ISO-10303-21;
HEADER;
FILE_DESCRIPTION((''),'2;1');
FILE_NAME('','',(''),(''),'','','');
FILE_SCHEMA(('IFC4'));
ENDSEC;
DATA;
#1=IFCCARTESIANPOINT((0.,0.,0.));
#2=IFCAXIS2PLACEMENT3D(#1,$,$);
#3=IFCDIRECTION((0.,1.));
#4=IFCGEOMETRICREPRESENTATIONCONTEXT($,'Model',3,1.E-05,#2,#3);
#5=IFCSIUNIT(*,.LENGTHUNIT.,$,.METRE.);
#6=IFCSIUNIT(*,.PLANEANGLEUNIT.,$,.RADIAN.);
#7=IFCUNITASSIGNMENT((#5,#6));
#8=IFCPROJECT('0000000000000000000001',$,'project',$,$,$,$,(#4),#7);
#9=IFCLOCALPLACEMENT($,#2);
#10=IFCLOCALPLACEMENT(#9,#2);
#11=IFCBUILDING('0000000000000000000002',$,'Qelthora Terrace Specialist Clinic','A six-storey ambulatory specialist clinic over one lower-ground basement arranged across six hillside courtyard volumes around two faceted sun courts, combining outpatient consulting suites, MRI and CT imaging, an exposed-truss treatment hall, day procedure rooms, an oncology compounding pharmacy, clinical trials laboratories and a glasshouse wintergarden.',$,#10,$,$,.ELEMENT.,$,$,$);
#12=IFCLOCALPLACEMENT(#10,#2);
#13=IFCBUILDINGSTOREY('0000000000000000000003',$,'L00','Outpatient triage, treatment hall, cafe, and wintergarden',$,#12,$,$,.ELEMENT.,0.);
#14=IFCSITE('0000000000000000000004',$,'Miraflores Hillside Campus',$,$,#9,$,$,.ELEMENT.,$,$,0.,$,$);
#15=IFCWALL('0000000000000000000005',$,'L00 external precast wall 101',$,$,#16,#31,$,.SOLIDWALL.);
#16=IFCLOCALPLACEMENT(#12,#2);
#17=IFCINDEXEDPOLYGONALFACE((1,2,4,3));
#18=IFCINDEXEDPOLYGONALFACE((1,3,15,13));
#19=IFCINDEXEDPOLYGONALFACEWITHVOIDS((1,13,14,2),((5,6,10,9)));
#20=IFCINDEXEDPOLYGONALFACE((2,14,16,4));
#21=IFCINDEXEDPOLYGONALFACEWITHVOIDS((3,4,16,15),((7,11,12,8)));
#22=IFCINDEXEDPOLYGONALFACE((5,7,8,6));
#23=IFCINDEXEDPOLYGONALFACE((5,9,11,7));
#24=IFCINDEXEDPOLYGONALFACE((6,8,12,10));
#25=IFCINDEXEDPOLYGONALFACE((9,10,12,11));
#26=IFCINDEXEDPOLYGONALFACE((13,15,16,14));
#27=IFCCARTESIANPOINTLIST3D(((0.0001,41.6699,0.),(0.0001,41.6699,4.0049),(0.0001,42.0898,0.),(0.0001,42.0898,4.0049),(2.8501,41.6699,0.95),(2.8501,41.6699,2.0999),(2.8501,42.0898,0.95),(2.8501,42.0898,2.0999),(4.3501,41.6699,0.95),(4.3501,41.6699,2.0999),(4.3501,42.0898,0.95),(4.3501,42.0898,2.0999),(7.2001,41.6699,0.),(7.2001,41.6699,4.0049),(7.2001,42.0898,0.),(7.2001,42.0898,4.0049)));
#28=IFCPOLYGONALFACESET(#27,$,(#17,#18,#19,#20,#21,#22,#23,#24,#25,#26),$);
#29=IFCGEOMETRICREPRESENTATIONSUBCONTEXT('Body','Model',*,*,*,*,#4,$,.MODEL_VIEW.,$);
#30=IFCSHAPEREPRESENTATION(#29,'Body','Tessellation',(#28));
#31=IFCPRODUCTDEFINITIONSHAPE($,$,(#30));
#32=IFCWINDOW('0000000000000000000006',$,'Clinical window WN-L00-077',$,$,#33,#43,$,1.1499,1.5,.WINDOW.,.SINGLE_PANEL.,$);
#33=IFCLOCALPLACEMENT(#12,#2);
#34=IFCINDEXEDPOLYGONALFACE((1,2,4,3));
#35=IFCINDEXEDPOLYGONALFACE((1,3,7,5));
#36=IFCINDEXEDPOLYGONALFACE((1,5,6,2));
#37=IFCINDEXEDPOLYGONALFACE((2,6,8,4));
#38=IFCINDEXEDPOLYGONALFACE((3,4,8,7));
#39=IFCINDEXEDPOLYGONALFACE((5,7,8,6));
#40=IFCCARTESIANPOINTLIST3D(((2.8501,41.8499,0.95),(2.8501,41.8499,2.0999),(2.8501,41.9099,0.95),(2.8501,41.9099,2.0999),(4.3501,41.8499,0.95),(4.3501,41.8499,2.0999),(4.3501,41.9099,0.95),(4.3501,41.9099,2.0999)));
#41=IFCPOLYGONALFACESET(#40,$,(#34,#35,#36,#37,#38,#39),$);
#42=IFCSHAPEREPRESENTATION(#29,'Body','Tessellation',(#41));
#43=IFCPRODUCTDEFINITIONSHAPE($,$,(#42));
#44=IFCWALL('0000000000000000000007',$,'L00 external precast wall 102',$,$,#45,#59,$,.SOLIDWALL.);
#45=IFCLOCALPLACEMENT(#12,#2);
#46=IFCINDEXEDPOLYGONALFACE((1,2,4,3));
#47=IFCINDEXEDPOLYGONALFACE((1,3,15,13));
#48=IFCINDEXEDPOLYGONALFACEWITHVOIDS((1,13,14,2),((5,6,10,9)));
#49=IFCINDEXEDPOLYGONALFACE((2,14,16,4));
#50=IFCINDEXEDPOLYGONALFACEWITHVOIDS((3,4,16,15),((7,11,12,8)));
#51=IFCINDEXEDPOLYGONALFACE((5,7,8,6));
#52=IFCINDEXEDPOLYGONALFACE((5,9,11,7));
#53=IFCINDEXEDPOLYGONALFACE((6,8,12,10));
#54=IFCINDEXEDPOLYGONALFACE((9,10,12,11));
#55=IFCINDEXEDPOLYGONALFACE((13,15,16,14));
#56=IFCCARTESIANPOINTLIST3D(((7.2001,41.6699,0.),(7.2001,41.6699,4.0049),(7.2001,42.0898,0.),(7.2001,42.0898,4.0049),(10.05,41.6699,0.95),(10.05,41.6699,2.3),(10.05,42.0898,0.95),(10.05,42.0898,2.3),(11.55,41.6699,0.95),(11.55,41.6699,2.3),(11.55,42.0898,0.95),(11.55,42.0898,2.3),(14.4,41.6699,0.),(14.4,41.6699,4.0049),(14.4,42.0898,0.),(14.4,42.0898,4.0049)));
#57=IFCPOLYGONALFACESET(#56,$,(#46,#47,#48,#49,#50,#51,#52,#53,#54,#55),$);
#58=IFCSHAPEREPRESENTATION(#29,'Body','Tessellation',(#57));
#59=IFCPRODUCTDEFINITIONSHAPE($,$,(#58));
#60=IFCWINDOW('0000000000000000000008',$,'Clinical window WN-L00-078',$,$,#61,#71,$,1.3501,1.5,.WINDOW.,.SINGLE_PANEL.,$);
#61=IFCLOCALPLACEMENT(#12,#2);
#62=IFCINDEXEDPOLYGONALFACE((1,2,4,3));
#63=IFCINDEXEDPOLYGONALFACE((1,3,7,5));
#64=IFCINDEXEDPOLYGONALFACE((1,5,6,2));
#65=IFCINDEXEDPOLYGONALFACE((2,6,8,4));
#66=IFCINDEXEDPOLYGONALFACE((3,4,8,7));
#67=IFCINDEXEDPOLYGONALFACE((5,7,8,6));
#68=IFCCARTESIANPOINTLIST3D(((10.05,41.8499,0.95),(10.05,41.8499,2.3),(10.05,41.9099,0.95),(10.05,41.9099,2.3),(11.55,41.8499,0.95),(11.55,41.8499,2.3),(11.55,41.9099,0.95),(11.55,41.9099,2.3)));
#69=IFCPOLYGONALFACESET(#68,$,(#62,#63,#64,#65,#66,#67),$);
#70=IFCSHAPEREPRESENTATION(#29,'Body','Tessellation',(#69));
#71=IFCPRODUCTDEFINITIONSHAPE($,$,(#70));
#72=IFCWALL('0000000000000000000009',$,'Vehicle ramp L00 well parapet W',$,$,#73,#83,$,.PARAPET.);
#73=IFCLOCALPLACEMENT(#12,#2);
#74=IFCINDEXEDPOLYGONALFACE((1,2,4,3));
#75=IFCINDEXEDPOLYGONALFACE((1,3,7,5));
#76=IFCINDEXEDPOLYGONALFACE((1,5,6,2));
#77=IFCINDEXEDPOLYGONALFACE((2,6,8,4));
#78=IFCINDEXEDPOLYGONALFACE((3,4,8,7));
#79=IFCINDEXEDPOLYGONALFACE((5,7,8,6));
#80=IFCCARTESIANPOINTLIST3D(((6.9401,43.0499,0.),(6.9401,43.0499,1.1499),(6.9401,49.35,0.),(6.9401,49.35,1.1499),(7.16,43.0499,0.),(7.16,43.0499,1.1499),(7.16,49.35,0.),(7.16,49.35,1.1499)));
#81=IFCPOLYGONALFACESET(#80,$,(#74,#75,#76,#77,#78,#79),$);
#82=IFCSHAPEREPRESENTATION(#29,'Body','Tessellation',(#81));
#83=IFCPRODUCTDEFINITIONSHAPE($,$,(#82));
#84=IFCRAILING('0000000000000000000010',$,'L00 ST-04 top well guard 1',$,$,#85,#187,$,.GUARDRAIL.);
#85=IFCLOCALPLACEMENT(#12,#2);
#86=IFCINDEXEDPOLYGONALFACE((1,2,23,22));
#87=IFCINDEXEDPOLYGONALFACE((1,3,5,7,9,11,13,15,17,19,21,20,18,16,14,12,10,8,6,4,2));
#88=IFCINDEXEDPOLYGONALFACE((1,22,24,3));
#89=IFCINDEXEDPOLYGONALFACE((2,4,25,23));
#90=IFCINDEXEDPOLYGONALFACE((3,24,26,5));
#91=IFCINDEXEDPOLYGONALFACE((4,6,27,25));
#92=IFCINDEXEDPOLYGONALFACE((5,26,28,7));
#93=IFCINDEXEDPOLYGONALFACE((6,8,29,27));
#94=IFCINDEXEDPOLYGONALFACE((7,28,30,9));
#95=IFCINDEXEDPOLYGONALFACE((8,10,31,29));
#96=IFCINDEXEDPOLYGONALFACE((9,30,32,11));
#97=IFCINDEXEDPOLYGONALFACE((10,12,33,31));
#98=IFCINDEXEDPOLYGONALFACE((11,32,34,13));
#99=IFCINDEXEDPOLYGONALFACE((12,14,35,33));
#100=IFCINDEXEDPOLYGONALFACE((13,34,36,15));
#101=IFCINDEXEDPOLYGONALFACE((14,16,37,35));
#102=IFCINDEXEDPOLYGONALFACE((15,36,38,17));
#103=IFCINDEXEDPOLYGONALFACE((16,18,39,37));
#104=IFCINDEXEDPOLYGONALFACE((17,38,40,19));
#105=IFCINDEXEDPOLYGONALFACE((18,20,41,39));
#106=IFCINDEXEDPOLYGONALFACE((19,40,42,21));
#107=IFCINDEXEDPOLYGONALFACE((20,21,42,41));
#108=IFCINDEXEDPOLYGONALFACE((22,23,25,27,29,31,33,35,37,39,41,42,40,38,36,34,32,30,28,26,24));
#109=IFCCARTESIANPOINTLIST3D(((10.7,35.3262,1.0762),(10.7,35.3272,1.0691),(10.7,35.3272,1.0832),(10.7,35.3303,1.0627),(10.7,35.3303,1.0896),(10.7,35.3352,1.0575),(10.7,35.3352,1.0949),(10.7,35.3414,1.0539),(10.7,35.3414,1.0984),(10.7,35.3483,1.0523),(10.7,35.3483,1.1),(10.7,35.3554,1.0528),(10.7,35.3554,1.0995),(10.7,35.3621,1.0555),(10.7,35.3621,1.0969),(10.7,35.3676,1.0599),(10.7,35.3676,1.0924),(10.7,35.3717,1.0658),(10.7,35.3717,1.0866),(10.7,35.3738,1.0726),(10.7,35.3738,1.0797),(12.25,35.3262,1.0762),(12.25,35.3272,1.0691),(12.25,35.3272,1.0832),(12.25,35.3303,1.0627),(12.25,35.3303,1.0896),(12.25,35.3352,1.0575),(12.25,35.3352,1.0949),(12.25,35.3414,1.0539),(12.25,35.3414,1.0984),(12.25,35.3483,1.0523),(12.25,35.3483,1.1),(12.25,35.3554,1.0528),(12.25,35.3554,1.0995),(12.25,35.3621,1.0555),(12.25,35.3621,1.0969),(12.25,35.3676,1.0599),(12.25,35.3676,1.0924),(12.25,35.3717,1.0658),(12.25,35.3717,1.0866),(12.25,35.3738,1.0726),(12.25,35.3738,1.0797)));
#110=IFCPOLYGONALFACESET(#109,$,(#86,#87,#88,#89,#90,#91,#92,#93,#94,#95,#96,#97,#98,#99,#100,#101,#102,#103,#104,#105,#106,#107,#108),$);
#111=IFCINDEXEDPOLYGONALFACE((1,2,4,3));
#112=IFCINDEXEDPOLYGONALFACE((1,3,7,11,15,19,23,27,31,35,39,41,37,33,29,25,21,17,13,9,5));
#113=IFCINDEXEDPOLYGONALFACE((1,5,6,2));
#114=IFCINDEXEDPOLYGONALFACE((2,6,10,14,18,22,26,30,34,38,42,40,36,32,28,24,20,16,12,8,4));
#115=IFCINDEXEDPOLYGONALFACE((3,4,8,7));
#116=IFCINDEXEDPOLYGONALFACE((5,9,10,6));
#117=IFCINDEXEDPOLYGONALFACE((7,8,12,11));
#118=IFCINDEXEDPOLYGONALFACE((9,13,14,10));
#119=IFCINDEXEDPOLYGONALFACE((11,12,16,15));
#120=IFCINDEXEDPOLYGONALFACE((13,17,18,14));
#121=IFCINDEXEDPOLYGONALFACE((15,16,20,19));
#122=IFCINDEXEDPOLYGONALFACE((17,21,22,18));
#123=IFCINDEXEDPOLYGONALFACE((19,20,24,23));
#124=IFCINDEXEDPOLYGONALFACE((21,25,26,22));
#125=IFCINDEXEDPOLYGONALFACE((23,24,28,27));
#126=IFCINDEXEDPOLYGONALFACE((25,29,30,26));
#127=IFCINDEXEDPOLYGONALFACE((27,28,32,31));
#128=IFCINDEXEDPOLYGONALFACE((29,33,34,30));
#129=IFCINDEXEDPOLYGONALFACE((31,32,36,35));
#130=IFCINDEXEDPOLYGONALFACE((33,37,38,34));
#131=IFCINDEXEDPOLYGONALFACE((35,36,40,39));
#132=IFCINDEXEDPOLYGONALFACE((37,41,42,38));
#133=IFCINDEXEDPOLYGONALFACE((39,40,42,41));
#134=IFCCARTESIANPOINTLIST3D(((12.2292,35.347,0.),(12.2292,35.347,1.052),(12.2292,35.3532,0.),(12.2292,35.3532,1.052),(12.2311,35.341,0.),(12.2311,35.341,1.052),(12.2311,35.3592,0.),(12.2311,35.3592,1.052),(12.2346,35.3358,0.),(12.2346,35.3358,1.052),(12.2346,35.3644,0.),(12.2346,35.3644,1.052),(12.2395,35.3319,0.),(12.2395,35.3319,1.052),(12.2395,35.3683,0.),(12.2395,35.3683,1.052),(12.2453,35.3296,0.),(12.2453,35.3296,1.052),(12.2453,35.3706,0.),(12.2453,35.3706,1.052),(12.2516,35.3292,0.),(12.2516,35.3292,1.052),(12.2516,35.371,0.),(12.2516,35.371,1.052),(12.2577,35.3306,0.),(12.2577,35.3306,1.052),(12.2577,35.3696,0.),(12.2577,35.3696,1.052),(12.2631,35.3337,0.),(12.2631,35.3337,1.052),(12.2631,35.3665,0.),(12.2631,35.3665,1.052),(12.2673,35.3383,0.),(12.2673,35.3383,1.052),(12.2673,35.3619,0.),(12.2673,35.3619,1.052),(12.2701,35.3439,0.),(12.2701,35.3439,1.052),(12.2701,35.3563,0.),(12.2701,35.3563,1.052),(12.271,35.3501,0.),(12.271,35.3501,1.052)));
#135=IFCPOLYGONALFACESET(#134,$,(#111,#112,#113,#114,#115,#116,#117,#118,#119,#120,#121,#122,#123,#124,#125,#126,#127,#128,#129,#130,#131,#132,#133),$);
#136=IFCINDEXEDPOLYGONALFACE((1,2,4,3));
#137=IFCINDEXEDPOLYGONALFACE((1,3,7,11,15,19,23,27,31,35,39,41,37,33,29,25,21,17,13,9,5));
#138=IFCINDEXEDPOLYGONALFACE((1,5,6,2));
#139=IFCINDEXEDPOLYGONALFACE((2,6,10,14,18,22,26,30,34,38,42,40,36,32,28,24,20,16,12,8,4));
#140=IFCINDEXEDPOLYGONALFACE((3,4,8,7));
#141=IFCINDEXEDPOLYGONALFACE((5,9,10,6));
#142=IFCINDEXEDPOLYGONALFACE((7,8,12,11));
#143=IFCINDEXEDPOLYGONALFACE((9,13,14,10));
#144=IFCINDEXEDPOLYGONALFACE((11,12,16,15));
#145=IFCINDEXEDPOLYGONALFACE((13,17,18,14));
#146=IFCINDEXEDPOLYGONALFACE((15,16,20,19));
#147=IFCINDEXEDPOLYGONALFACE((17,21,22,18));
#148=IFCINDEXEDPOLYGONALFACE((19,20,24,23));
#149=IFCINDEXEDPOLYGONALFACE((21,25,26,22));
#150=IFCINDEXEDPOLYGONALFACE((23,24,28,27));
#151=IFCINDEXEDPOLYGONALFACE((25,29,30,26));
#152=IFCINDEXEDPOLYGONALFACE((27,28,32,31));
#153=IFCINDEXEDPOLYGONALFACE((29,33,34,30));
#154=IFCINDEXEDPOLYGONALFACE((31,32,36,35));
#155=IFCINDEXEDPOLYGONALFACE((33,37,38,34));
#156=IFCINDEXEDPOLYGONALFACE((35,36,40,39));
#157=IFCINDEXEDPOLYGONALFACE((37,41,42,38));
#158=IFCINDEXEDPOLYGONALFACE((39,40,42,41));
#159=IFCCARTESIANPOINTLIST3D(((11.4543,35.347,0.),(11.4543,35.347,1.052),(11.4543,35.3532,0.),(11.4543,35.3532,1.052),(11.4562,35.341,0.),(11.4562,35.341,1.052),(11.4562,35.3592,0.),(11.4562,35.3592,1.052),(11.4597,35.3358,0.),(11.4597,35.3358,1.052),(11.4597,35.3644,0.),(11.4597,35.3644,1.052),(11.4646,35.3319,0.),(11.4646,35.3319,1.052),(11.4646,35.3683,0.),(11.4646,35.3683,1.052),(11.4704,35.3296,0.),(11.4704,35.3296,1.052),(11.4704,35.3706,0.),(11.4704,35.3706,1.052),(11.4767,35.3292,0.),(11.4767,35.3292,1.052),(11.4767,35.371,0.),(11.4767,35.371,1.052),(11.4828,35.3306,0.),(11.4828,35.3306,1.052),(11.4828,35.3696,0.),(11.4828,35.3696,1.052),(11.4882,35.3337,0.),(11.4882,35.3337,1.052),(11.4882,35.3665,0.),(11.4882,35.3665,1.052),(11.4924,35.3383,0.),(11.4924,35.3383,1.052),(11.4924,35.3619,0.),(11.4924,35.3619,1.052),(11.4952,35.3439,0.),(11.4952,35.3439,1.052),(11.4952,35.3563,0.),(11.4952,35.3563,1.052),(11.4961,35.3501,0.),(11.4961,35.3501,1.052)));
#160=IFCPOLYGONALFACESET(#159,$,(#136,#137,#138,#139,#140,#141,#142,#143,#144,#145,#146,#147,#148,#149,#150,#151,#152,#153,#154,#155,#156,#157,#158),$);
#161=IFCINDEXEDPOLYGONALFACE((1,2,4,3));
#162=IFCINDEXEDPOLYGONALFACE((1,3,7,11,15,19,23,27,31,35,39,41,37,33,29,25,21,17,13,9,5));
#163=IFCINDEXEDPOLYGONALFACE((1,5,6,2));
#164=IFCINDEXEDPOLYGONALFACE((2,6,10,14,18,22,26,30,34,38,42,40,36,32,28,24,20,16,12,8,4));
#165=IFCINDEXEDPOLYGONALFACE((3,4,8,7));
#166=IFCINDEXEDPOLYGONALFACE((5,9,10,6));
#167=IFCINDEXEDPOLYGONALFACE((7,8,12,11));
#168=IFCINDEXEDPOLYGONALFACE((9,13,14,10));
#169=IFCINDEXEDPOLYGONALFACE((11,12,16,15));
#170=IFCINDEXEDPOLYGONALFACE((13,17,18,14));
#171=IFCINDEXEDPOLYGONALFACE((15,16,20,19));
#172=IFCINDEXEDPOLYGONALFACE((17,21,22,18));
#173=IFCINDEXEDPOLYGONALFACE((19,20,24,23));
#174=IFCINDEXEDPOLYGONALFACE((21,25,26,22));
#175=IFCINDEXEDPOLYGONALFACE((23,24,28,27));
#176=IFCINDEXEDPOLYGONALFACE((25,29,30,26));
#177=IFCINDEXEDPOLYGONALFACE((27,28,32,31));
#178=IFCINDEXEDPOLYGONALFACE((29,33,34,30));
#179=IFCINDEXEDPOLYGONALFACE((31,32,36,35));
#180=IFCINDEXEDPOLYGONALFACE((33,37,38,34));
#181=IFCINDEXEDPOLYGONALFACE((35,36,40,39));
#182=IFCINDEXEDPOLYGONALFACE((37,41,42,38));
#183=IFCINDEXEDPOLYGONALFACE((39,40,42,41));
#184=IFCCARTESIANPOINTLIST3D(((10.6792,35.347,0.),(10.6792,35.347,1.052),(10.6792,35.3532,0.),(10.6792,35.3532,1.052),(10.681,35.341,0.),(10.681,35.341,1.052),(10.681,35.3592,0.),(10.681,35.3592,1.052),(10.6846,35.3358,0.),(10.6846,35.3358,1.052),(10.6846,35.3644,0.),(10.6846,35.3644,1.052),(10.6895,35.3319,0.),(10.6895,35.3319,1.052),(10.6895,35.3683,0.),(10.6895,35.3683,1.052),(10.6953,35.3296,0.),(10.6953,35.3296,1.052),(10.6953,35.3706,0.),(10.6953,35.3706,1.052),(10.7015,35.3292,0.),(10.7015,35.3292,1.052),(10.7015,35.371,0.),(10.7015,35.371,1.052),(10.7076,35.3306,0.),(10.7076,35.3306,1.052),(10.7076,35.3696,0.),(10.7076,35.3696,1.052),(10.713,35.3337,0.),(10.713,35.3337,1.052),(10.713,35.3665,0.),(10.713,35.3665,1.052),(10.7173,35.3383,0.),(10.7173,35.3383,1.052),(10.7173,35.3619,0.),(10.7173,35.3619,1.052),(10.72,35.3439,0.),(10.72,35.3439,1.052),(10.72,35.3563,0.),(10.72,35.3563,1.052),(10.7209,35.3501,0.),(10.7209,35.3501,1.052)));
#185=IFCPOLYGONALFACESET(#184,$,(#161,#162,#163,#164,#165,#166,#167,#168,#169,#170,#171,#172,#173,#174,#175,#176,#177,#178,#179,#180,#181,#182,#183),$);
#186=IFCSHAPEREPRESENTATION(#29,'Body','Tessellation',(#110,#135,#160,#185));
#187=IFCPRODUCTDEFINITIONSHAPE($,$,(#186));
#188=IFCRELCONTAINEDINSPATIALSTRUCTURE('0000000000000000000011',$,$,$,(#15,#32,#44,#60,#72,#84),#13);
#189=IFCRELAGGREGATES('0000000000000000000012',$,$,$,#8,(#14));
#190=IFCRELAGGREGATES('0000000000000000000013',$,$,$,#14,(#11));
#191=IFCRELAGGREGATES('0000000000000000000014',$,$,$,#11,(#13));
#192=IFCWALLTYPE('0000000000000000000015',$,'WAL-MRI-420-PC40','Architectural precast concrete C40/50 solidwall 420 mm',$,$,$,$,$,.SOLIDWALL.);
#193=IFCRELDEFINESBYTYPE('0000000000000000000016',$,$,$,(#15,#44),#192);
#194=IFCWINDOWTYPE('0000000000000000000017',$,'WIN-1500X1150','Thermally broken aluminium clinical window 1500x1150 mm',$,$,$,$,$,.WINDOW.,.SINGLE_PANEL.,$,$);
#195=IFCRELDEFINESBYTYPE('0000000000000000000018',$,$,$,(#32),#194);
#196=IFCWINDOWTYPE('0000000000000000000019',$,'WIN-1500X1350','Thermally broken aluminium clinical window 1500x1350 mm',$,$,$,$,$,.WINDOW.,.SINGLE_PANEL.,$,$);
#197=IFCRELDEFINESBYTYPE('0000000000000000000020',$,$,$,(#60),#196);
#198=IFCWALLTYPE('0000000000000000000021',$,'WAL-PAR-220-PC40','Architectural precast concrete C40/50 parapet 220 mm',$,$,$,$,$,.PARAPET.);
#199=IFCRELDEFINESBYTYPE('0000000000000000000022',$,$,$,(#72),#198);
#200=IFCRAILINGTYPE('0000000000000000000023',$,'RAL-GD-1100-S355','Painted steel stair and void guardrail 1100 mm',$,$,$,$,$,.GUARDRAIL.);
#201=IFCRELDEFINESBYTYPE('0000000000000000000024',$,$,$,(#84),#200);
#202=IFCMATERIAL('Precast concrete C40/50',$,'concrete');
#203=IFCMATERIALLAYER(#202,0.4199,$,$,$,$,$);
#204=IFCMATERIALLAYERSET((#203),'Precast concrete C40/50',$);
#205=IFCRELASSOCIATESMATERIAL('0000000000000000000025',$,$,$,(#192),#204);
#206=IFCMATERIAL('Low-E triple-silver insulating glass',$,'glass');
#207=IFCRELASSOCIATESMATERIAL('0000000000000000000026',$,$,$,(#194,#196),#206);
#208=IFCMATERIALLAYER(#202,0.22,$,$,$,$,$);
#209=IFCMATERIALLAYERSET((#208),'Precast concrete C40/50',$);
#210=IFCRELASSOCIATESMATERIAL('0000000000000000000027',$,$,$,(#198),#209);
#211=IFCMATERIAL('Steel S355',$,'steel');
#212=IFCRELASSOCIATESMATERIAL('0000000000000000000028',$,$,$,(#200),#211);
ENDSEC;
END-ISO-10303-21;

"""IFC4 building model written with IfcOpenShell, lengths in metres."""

from ifc_helpers import new_model, si_unit, direction, frame, frame_2d, origin, origin_2d, place, context, subcontext, project, spatial, rectangle, circle, extrude, material, layer, layer_set, type_object, element, fill, save


model = new_model("IFC4")

# Units and contexts
model_context = context("Model", 3, precision=1e-05, world=origin(), true_north=direction((0.0, 1.0)))
body_context = subcontext(model_context, "Body", "Model", "MODEL_VIEW")
ifc_project = project(units=[si_unit("LENGTHUNIT", "METRE"), si_unit("PLANEANGLEUNIT", "RADIAN")], contexts=[model_context])

# Site, building, storey
site_placement = place(None, origin())
site = spatial("IfcSite", under=ifc_project, at=site_placement, Name="Miraflores Hillside Campus", CompositionType="ELEMENT", RefElevation=0.0)
building_placement = place(site_placement, origin())
building = spatial("IfcBuilding", under=site, at=building_placement, Name="Qelthora Terrace Specialist Clinic", Description="A six-storey ambulatory specialist clinic over one lower-ground basement arranged across six hillside courtyard volumes around two faceted sun courts, combining outpatient consulting suites, MRI and CT imaging, an exposed-truss treatment hall, day procedure rooms, an oncology compounding pharmacy, clinical trials laboratories and a glasshouse wintergarden.", CompositionType="ELEMENT")
storey_placement = place(building_placement, origin())
storey = spatial("IfcBuildingStorey", under=building, at=storey_placement, Name="L00", Description="Outpatient triage, treatment hall, cafe, and wintergarden", CompositionType="ELEMENT", Elevation=0.0)

# Shared definitions
ifc_material_1 = material(Name="Steel S355", Category="steel")

# Walls, openings, windows
ifc_material_2 = material(Name="Precast concrete C40/50", Category="concrete")
ifc_layer_1 = layer(ifc_material_2, 0.4199)
ifc_layer_set_1 = layer_set([ifc_layer_1], Name="Precast concrete C40/50")
wall_type_1 = type_object("IfcWallType", Name="WAL-MRI-420-PC40", Description="Architectural precast concrete C40/50 solidwall 420 mm", PredefinedType="SOLIDWALL", material=ifc_layer_set_1)
wall_1_placement = place(storey_placement, frame((0.0, 41.8799, 0.0), z_axis=(0.0, 0.0, 1.0), x_axis=(1.0, 0.0, 0.0)))
wall_1 = element("IfcWall", 1, at=wall_1_placement, inside=storey, type_object=wall_type_1, Name="L00 external precast wall 101", PredefinedType="SOLIDWALL", context=body_context, shape_type="SweptSolid", body=[
    extrude(rectangle(XDim=7.2, YDim=0.4199, at=frame_2d((3.6001, 0.0))), origin(), (0.0, 0.0, 1.0), 4.0049),
])
opening_1_placement = place(wall_1_placement, frame((2.8501, 0.0, 0.95)))
opening_1 = element("IfcOpeningElement", 2, at=opening_1_placement, cuts=wall_1, PredefinedType="OPENING", context=body_context, shape_type="SweptSolid", body=[
    extrude(rectangle(XDim=1.5, YDim=1.1499, at=frame_2d((0.75, 0.575))), frame((0.0, 0.22, 0.0), z_axis=(0.0, -1.0, 0.0), x_axis=(1.0, 0.0, 0.0)), (0.0, 0.0, 1.0), 0.4399),
])
ifc_material_3 = material(Name="Low-E triple-silver insulating glass", Category="glass")
window_type_1 = type_object("IfcWindowType", Name="WIN-1500X1150", Description="Thermally broken aluminium clinical window 1500x1150 mm", PartitioningType="SINGLE_PANEL", PredefinedType="WINDOW", material=ifc_material_3)
window_1_placement = place(opening_1_placement, origin())
window_1 = element("IfcWindow", 3, at=window_1_placement, inside=storey, type_object=window_type_1, Name="Clinical window WN-L00-077", OverallHeight=1.1499, OverallWidth=1.5, PartitioningType="SINGLE_PANEL", PredefinedType="WINDOW", context=body_context, shape_type="SweptSolid", body=[
    extrude(rectangle(XDim=1.5, YDim=1.1499, at=frame_2d((0.75, 0.575))), frame((0.0, 0.03, 0.0), z_axis=(0.0, -1.0, 0.0), x_axis=(1.0, 0.0, 0.0)), (0.0, 0.0, 1.0), 0.0601),
])
fill(opening_1, window_1)
wall_2_placement = place(storey_placement, frame((7.2, 41.8799, 0.0), z_axis=(0.0, 0.0, 1.0), x_axis=(1.0, 0.0, 0.0)))
wall_2 = element("IfcWall", 4, at=wall_2_placement, inside=storey, type_object=wall_type_1, Name="L00 external precast wall 102", PredefinedType="SOLIDWALL", context=body_context, shape_type="SweptSolid", body=[
    extrude(rectangle(XDim=7.2, YDim=0.4199, at=frame_2d((3.6001, 0.0))), origin(), (0.0, 0.0, 1.0), 4.0049),
])
opening_2_placement = place(wall_2_placement, frame((2.8501, 0.0, 0.95)))
opening_2 = element("IfcOpeningElement", 5, at=opening_2_placement, cuts=wall_2, PredefinedType="OPENING", context=body_context, shape_type="SweptSolid", body=[
    extrude(rectangle(XDim=1.5, YDim=1.3501, at=frame_2d((0.75, 0.675))), frame((0.0, 0.22, 0.0), z_axis=(0.0, -1.0, 0.0), x_axis=(1.0, 0.0, 0.0)), (0.0, 0.0, 1.0), 0.4399),
])
window_type_2 = type_object("IfcWindowType", Name="WIN-1500X1350", Description="Thermally broken aluminium clinical window 1500x1350 mm", PartitioningType="SINGLE_PANEL", PredefinedType="WINDOW", material=ifc_material_3)
window_2_placement = place(opening_2_placement, origin())
window_2 = element("IfcWindow", 6, at=window_2_placement, inside=storey, type_object=window_type_2, Name="Clinical window WN-L00-078", OverallHeight=1.3501, OverallWidth=1.5, PartitioningType="SINGLE_PANEL", PredefinedType="WINDOW", context=body_context, shape_type="SweptSolid", body=[
    extrude(rectangle(XDim=1.5, YDim=1.3501, at=frame_2d((0.75, 0.675))), frame((0.0, 0.03, 0.0), z_axis=(0.0, -1.0, 0.0), x_axis=(1.0, 0.0, 0.0)), (0.0, 0.0, 1.0), 0.0601),
])
fill(opening_2, window_2)

# Wall
ifc_layer_2 = layer(ifc_material_2, 0.22)
ifc_layer_set_2 = layer_set([ifc_layer_2], Name="Precast concrete C40/50")
wall_type_2 = type_object("IfcWallType", Name="WAL-PAR-220-PC40", Description="Architectural precast concrete C40/50 parapet 220 mm", PredefinedType="PARAPET", material=ifc_layer_set_2)
wall_3_placement = place(storey_placement, frame((7.05, 43.05, 0.0), z_axis=(0.0, 0.0, 1.0), x_axis=(0.0, 1.0, 0.0)))
element("IfcWall", 7, at=wall_3_placement, inside=storey, type_object=wall_type_2, Name="Vehicle ramp L00 well parapet W", PredefinedType="PARAPET", context=body_context, shape_type="SweptSolid", body=[
    extrude(rectangle(XDim=6.3, YDim=0.22, at=frame_2d((3.1499, 0.0))), origin(), (0.0, 0.0, 1.0), 1.1499),
])

# Railing
railing_type = type_object("IfcRailingType", Name="RAL-GD-1100-S355", Description="Painted steel stair and void guardrail 1100 mm", PredefinedType="GUARDRAIL", material=ifc_material_1)
railing_placement = place(storey_placement, frame((12.25, 35.3501, 0.0)))
element("IfcRailing", 8, at=railing_placement, inside=storey, type_object=railing_type, Name="L00 ST-04 top well guard 1", PredefinedType="GUARDRAIL", context=body_context, shape_type="SweptSolid", body=[
    extrude(circle(Radius=0.0239, at=origin_2d()), frame((0.0, 0.0, 1.0762), z_axis=(-1.0, 0.0, 0.0), x_axis=(0.0, -1.0, 0.0)), (0.0, 0.0, 1.0), 1.55),
    extrude(circle(Radius=0.021, at=origin_2d()), origin(), (0.0, 0.0, 1.0), 1.052),
    extrude(circle(Radius=0.021, at=origin_2d()), frame((-0.7749, 0.0, 0.0)), (0.0, 0.0, 1.0), 1.052),
    extrude(circle(Radius=0.021, at=origin_2d()), frame((-1.55, 0.0, 0.0)), (0.0, 0.0, 1.0), 1.052),
])

save(model, "model.ifc")
